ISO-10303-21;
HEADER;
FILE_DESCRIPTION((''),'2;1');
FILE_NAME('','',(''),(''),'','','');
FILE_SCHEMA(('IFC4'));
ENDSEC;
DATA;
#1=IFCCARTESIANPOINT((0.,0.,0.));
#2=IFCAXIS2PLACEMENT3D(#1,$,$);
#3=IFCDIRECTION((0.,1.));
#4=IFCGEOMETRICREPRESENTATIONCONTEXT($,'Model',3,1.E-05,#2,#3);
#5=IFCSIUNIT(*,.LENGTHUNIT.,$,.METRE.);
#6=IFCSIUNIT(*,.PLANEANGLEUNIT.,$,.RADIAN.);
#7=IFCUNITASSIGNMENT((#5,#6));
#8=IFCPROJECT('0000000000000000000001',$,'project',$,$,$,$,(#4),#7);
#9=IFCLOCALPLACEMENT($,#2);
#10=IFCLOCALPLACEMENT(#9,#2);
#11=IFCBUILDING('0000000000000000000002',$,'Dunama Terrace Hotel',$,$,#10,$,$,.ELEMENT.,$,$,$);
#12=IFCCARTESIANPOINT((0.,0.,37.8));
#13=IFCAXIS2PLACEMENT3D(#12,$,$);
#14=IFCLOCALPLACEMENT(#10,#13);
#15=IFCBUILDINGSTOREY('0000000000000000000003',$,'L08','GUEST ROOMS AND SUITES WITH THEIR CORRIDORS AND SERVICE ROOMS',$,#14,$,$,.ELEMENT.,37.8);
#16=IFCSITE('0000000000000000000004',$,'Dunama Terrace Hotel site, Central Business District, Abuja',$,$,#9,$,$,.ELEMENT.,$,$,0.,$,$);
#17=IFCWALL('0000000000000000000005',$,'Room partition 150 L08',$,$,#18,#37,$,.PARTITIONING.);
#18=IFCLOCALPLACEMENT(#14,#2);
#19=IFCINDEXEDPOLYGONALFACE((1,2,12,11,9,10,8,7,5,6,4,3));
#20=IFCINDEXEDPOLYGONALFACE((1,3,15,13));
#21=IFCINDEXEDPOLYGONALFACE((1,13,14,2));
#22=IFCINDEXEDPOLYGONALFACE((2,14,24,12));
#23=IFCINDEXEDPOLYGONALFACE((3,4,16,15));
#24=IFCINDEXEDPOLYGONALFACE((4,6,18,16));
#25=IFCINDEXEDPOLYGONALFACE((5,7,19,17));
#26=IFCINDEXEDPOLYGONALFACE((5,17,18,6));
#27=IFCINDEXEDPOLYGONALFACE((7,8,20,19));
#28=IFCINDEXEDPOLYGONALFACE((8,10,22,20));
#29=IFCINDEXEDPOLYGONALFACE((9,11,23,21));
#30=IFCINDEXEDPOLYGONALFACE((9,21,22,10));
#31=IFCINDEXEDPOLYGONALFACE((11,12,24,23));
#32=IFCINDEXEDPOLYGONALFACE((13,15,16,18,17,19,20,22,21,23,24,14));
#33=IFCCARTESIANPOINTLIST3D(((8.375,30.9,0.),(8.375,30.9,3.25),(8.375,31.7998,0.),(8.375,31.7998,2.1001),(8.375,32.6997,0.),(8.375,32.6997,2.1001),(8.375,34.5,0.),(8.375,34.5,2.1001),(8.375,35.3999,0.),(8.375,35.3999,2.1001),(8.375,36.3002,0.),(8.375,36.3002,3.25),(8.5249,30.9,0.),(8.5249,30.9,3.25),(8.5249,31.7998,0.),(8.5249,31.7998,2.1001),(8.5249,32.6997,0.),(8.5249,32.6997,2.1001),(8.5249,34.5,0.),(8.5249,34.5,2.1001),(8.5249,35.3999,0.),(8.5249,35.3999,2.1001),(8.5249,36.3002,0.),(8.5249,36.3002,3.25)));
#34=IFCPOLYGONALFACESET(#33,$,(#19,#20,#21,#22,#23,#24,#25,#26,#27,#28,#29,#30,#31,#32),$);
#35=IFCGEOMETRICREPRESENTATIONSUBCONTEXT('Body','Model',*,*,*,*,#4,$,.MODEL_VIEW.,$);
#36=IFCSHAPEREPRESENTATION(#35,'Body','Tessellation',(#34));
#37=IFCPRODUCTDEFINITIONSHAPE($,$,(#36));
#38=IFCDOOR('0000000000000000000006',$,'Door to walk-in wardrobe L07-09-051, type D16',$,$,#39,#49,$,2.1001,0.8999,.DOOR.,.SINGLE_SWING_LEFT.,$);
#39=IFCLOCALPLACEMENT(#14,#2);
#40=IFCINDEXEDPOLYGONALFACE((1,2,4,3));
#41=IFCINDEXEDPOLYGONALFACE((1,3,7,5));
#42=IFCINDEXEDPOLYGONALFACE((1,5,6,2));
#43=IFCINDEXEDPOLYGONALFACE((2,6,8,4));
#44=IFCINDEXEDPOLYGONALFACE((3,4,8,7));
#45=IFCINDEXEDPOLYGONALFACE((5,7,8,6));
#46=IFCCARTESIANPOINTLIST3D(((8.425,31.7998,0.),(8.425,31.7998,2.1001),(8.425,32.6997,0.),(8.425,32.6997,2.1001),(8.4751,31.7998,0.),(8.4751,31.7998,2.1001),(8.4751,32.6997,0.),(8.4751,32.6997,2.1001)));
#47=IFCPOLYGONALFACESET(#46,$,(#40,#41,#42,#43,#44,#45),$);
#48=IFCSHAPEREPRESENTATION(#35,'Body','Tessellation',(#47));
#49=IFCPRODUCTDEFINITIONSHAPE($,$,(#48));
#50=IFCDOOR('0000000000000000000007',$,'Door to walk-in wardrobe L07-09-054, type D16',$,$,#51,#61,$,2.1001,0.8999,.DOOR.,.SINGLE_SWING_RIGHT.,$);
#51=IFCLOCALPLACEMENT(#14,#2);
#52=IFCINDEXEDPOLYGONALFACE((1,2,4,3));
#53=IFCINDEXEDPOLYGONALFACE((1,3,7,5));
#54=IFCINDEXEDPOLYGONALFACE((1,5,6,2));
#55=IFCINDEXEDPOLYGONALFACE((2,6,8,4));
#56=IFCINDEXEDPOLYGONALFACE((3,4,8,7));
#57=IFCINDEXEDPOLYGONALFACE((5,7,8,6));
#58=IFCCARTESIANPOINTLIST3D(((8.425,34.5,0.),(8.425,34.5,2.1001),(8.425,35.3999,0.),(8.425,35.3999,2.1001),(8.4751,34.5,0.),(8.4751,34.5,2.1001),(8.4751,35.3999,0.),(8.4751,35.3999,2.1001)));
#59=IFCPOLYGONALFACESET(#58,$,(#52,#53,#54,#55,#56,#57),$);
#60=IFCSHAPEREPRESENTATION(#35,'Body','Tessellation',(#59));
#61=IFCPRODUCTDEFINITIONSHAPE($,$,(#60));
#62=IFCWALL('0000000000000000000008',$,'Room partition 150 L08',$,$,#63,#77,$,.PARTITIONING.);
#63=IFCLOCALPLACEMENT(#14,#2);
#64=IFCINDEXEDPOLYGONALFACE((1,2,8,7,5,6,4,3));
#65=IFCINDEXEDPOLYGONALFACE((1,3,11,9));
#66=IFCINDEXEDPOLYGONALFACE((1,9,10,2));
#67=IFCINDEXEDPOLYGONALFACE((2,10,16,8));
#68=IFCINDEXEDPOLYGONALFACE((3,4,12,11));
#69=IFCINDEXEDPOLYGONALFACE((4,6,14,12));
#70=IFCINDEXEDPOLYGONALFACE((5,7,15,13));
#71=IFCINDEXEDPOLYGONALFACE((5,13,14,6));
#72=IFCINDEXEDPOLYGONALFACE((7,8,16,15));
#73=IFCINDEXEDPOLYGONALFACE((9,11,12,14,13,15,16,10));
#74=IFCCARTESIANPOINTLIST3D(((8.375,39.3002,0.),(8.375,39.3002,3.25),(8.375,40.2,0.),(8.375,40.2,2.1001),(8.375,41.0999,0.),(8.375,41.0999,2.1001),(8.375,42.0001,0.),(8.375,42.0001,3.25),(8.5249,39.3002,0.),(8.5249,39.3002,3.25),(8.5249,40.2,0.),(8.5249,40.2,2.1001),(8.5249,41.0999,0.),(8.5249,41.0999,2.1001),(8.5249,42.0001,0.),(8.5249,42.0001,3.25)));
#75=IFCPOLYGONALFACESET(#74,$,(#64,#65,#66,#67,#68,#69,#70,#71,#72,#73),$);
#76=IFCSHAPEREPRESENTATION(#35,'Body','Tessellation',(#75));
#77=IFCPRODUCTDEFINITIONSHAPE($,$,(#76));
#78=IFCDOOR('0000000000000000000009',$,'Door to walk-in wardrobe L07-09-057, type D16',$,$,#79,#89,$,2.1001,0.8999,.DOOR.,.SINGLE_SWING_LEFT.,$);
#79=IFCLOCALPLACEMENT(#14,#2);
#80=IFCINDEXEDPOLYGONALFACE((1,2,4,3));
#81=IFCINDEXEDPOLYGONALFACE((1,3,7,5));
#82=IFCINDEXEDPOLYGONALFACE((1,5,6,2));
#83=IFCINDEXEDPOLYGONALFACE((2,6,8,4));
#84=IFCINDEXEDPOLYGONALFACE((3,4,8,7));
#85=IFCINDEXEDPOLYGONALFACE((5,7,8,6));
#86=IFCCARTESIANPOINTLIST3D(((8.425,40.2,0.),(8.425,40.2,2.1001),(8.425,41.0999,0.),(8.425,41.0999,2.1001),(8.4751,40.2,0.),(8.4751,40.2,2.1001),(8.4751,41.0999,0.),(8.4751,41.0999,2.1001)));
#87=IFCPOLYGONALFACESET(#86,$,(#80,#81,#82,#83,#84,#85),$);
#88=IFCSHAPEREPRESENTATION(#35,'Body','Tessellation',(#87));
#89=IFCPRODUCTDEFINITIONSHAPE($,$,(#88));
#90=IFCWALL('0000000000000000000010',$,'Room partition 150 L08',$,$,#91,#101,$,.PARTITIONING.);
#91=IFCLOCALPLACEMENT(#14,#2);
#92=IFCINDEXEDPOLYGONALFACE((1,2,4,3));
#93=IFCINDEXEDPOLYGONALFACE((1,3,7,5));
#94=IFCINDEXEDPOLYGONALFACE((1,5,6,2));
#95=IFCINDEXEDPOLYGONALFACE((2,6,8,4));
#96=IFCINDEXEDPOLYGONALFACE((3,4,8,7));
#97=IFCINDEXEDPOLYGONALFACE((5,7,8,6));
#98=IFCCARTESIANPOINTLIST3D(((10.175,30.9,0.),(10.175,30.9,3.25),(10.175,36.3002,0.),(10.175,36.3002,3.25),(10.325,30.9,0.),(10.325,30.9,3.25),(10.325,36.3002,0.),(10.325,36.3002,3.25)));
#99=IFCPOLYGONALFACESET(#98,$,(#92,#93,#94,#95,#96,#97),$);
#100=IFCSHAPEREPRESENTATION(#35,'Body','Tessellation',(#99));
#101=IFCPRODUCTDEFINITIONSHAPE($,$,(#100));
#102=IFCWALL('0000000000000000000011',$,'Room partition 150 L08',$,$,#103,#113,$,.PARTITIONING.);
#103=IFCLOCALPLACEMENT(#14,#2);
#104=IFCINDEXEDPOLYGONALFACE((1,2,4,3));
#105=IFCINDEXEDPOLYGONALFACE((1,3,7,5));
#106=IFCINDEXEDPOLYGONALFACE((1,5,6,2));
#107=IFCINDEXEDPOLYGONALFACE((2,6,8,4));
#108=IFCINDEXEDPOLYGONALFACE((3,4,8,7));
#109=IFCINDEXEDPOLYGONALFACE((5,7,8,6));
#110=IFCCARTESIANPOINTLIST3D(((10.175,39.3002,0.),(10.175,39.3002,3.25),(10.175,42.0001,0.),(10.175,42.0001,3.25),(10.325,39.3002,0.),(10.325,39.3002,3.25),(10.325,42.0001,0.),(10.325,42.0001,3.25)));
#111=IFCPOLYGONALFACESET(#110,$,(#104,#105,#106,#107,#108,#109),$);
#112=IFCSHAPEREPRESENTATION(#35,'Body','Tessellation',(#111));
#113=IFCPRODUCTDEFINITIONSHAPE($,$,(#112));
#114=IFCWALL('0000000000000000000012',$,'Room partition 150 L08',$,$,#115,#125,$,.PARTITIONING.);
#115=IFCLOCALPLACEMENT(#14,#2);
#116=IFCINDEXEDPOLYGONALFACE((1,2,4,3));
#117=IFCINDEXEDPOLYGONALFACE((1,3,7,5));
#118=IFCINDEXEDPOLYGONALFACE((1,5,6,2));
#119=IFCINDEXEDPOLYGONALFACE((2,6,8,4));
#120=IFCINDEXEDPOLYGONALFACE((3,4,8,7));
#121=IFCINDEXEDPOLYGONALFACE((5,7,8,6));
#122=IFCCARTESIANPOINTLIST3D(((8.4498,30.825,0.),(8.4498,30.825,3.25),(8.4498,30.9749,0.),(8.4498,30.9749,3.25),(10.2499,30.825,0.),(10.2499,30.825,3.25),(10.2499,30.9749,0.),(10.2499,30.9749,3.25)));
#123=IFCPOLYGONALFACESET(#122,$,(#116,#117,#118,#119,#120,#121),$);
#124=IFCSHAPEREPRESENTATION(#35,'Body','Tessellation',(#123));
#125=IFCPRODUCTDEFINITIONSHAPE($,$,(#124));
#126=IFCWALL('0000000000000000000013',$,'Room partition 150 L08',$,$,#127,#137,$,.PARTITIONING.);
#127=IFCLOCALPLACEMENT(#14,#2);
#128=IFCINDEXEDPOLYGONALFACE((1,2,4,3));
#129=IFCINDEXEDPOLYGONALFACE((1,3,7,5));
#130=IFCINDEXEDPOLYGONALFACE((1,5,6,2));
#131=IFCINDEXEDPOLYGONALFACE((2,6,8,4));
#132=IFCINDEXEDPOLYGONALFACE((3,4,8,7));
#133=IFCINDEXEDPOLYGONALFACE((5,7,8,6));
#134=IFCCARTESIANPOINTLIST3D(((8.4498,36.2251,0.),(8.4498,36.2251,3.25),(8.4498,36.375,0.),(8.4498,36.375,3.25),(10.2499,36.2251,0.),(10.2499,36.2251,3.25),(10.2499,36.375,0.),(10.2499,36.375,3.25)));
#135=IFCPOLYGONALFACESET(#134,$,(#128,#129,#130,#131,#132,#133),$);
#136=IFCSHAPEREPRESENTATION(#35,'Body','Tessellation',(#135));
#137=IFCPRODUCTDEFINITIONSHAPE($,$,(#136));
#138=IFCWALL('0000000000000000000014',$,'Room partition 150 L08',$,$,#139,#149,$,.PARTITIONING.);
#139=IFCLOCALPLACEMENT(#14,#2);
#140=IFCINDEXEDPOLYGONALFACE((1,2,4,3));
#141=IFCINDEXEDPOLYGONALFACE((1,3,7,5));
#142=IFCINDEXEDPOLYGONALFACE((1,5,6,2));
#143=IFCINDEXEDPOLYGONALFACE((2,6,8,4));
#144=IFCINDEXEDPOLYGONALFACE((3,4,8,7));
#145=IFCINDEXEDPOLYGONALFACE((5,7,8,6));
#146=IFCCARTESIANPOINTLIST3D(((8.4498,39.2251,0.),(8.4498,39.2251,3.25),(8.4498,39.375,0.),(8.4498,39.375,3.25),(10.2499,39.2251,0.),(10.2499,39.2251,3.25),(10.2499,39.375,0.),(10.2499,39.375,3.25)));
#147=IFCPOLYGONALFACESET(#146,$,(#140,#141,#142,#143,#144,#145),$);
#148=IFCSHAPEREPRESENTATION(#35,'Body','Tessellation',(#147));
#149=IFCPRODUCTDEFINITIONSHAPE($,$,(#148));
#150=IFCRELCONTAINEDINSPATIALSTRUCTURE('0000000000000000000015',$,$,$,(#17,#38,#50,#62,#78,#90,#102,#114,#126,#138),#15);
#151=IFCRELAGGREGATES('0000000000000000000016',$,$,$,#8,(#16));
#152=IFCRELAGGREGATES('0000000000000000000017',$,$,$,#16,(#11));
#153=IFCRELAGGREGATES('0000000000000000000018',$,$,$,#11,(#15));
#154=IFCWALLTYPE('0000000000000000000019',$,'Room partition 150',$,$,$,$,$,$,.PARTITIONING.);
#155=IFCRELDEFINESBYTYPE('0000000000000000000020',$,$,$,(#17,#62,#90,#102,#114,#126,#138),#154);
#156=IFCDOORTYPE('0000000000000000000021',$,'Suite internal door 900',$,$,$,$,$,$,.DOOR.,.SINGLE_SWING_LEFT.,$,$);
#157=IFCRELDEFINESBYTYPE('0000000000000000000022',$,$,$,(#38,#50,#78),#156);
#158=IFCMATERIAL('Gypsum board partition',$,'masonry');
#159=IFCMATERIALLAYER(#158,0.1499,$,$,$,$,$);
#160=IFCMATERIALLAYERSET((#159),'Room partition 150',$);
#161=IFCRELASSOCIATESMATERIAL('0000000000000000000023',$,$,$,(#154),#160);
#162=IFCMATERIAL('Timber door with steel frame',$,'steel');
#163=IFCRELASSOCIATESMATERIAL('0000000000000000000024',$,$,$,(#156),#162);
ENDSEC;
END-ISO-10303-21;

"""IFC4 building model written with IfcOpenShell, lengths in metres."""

from ifc_helpers import new_model, si_unit, direction, frame, frame_2d, origin, place, context, subcontext, project, spatial, rectangle, extrude, material, layer, layer_set, type_object, element, fill, save


model = new_model("IFC4")

# Units and contexts
model_context = context("Model", 3, precision=1e-05, world=origin(), true_north=direction((0.0, 1.0)))
body_context = subcontext(model_context, "Body", "Model", "MODEL_VIEW")
ifc_project = project(units=[si_unit("LENGTHUNIT", "METRE"), si_unit("PLANEANGLEUNIT", "RADIAN")], contexts=[model_context])

# Site, building, storey
site_placement = place(None, origin())
site = spatial("IfcSite", under=ifc_project, at=site_placement, Name="Dunama Terrace Hotel site, Central Business District, Abuja", CompositionType="ELEMENT", RefElevation=0.0)
building_placement = place(site_placement, origin())
building = spatial("IfcBuilding", under=site, at=building_placement, Name="Dunama Terrace Hotel", CompositionType="ELEMENT")
storey_placement = place(building_placement, frame((0.0, 0.0, 37.8)))
storey = spatial("IfcBuildingStorey", under=building, at=storey_placement, Name="L08", Description="GUEST ROOMS AND SUITES WITH THEIR CORRIDORS AND SERVICE ROOMS", CompositionType="ELEMENT", Elevation=37.8)

# Shared definitions
ifc_material_1 = material(Name="Gypsum board partition", Category="masonry")
ifc_layer_1 = layer(ifc_material_1, 0.1499)
ifc_layer_set_1 = layer_set([ifc_layer_1], Name="Room partition 150")
wall_type_1 = type_object("IfcWallType", Name="Room partition 150", PredefinedType="PARTITIONING", material=ifc_layer_set_1)

# Wall, openings, doors
wall_1_placement = place(storey_placement, frame((8.45, 30.8999, 0.0), z_axis=(0.0, 0.0, 1.0), x_axis=(0.0, 1.0, 0.0)))
wall_1 = element("IfcWall", 1, at=wall_1_placement, inside=storey, type_object=wall_type_1, Name="Room partition 150 L08", PredefinedType="PARTITIONING", context=body_context, shape_type="SweptSolid", body=[
    extrude(rectangle(XDim=5.4001, YDim=0.1499, at=frame_2d((2.7002, 0.0))), origin(), (0.0, 0.0, 1.0), 3.25),
])
opening_1_placement = place(wall_1_placement, frame((0.8999, 0.0, 0.0)))
opening_1 = element("IfcOpeningElement", 2, at=opening_1_placement, cuts=wall_1, PredefinedType="OPENING", context=body_context, shape_type="SweptSolid", body=[
    extrude(rectangle(XDim=0.8999, YDim=2.1001, at=frame_2d((0.45, 1.05))), frame((0.0, 0.085, 0.0), z_axis=(0.0, -1.0, 0.0), x_axis=(1.0, 0.0, 0.0)), (0.0, 0.0, 1.0), 0.1699),
])
opening_2_placement = place(wall_1_placement, frame((3.6001, 0.0, 0.0)))
opening_2 = element("IfcOpeningElement", 3, at=opening_2_placement, cuts=wall_1, PredefinedType="OPENING", context=body_context, shape_type="SweptSolid", body=[
    extrude(rectangle(XDim=0.8999, YDim=2.1001, at=frame_2d((0.45, 1.05))), frame((0.0, 0.085, 0.0), z_axis=(0.0, -1.0, 0.0), x_axis=(1.0, 0.0, 0.0)), (0.0, 0.0, 1.0), 0.1699),
])
ifc_material_2 = material(Name="Timber door with steel frame", Category="steel")
door_type_1 = type_object("IfcDoorType", Name="Suite internal door 900", OperationType="SINGLE_SWING_LEFT", PredefinedType="DOOR", material=ifc_material_2)
door_1_placement = place(opening_1_placement, frame((0.8999, 0.0, 0.0), z_axis=(0.0, 0.0, 1.0), x_axis=(-1.0, 0.0, 0.0)))
door_1 = element("IfcDoor", 4, at=door_1_placement, inside=storey, type_object=door_type_1, Name="Door to walk-in wardrobe L07-09-051, type D16", OperationType="SINGLE_SWING_LEFT", OverallHeight=2.1001, OverallWidth=0.8999, PredefinedType="DOOR", context=body_context, shape_type="SweptSolid", body=[
    extrude(rectangle(XDim=0.8999, YDim=2.1001, at=frame_2d((0.45, 1.05))), frame((0.0, 0.0251, 0.0), z_axis=(0.0, -1.0, 0.0), x_axis=(1.0, 0.0, 0.0)), (0.0, 0.0, 1.0), 0.05),
])
fill(opening_1, door_1)
door_2_placement = place(opening_2_placement, frame((0.8999, 0.0, 0.0), z_axis=(0.0, 0.0, 1.0), x_axis=(-1.0, 0.0, 0.0)))
door_2 = element("IfcDoor", 5, at=door_2_placement, inside=storey, type_object=door_type_1, Name="Door to walk-in wardrobe L07-09-054, type D16", OperationType="SINGLE_SWING_RIGHT", OverallHeight=2.1001, OverallWidth=0.8999, PredefinedType="DOOR", context=body_context, shape_type="SweptSolid", body=[
    extrude(rectangle(XDim=0.8999, YDim=2.1001, at=frame_2d((0.45, 1.05))), frame((0.0, 0.0251, 0.0), z_axis=(0.0, -1.0, 0.0), x_axis=(1.0, 0.0, 0.0)), (0.0, 0.0, 1.0), 0.05),
])
fill(opening_2, door_2)

# Wall, opening, door
wall_2_placement = place(storey_placement, frame((8.45, 39.3, 0.0), z_axis=(0.0, 0.0, 1.0), x_axis=(0.0, 1.0, 0.0)))
wall_2 = element("IfcWall", 6, at=wall_2_placement, inside=storey, type_object=wall_type_1, Name="Room partition 150 L08", PredefinedType="PARTITIONING", context=body_context, shape_type="SweptSolid", body=[
    extrude(rectangle(XDim=2.7, YDim=0.1499, at=frame_2d((1.3501, 0.0))), origin(), (0.0, 0.0, 1.0), 3.25),
])
opening_3_placement = place(wall_2_placement, frame((0.8999, 0.0, 0.0)))
opening_3 = element("IfcOpeningElement", 7, at=opening_3_placement, cuts=wall_2, PredefinedType="OPENING", context=body_context, shape_type="SweptSolid", body=[
    extrude(rectangle(XDim=0.8999, YDim=2.1001, at=frame_2d((0.45, 1.05))), frame((0.0, 0.085, 0.0), z_axis=(0.0, -1.0, 0.0), x_axis=(1.0, 0.0, 0.0)), (0.0, 0.0, 1.0), 0.1699),
])
door_3_placement = place(opening_3_placement, frame((0.8999, 0.0, 0.0), z_axis=(0.0, 0.0, 1.0), x_axis=(-1.0, 0.0, 0.0)))
door_3 = element("IfcDoor", 8, at=door_3_placement, inside=storey, type_object=door_type_1, Name="Door to walk-in wardrobe L07-09-057, type D16", OperationType="SINGLE_SWING_LEFT", OverallHeight=2.1001, OverallWidth=0.8999, PredefinedType="DOOR", context=body_context, shape_type="SweptSolid", body=[
    extrude(rectangle(XDim=0.8999, YDim=2.1001, at=frame_2d((0.45, 1.05))), frame((0.0, 0.0251, 0.0), z_axis=(0.0, -1.0, 0.0), x_axis=(1.0, 0.0, 0.0)), (0.0, 0.0, 1.0), 0.05),
])
fill(opening_3, door_3)

# Walls
wall_3_placement = place(storey_placement, frame((10.25, 30.8999, 0.0), z_axis=(0.0, 0.0, 1.0), x_axis=(0.0, 1.0, 0.0)))
element("IfcWall", 9, at=wall_3_placement, inside=storey, type_object=wall_type_1, Name="Room partition 150 L08", PredefinedType="PARTITIONING", context=body_context, shape_type="SweptSolid", body=[
    extrude(rectangle(XDim=5.4001, YDim=0.1499, at=frame_2d((2.7002, 0.0))), origin(), (0.0, 0.0, 1.0), 3.25),
])
wall_4_placement = place(storey_placement, frame((10.25, 39.3, 0.0), z_axis=(0.0, 0.0, 1.0), x_axis=(0.0, 1.0, 0.0)))
element("IfcWall", 10, at=wall_4_placement, inside=storey, type_object=wall_type_1, Name="Room partition 150 L08", PredefinedType="PARTITIONING", context=body_context, shape_type="SweptSolid", body=[
    extrude(rectangle(XDim=2.7, YDim=0.1499, at=frame_2d((1.3501, 0.0))), origin(), (0.0, 0.0, 1.0), 3.25),
])
for number, where, z_axis, x_axis, name in (
    (11, (8.45, 30.8999, 0.0), (0.0, 0.0, 1.0), (1.0, 0.0, 0.0), "Room partition 150 L08"),
    (12, (8.45, 36.3, 0.0), (0.0, 0.0, 1.0), (1.0, 0.0, 0.0), "Room partition 150 L08"),
    (13, (8.45, 39.3, 0.0), (0.0, 0.0, 1.0), (1.0, 0.0, 0.0), "Room partition 150 L08"),
):
    element("IfcWall", number, at=place(storey_placement, frame(where, z_axis=z_axis, x_axis=x_axis)), inside=storey, type_object=wall_type_1, Name=name, PredefinedType="PARTITIONING", context=body_context, shape_type="SweptSolid", body=[
        extrude(rectangle(XDim=1.8, YDim=0.1499, at=frame_2d((0.8999, 0.0))), origin(), (0.0, 0.0, 1.0), 3.25),
    ])

save(model, "model.ifc")
